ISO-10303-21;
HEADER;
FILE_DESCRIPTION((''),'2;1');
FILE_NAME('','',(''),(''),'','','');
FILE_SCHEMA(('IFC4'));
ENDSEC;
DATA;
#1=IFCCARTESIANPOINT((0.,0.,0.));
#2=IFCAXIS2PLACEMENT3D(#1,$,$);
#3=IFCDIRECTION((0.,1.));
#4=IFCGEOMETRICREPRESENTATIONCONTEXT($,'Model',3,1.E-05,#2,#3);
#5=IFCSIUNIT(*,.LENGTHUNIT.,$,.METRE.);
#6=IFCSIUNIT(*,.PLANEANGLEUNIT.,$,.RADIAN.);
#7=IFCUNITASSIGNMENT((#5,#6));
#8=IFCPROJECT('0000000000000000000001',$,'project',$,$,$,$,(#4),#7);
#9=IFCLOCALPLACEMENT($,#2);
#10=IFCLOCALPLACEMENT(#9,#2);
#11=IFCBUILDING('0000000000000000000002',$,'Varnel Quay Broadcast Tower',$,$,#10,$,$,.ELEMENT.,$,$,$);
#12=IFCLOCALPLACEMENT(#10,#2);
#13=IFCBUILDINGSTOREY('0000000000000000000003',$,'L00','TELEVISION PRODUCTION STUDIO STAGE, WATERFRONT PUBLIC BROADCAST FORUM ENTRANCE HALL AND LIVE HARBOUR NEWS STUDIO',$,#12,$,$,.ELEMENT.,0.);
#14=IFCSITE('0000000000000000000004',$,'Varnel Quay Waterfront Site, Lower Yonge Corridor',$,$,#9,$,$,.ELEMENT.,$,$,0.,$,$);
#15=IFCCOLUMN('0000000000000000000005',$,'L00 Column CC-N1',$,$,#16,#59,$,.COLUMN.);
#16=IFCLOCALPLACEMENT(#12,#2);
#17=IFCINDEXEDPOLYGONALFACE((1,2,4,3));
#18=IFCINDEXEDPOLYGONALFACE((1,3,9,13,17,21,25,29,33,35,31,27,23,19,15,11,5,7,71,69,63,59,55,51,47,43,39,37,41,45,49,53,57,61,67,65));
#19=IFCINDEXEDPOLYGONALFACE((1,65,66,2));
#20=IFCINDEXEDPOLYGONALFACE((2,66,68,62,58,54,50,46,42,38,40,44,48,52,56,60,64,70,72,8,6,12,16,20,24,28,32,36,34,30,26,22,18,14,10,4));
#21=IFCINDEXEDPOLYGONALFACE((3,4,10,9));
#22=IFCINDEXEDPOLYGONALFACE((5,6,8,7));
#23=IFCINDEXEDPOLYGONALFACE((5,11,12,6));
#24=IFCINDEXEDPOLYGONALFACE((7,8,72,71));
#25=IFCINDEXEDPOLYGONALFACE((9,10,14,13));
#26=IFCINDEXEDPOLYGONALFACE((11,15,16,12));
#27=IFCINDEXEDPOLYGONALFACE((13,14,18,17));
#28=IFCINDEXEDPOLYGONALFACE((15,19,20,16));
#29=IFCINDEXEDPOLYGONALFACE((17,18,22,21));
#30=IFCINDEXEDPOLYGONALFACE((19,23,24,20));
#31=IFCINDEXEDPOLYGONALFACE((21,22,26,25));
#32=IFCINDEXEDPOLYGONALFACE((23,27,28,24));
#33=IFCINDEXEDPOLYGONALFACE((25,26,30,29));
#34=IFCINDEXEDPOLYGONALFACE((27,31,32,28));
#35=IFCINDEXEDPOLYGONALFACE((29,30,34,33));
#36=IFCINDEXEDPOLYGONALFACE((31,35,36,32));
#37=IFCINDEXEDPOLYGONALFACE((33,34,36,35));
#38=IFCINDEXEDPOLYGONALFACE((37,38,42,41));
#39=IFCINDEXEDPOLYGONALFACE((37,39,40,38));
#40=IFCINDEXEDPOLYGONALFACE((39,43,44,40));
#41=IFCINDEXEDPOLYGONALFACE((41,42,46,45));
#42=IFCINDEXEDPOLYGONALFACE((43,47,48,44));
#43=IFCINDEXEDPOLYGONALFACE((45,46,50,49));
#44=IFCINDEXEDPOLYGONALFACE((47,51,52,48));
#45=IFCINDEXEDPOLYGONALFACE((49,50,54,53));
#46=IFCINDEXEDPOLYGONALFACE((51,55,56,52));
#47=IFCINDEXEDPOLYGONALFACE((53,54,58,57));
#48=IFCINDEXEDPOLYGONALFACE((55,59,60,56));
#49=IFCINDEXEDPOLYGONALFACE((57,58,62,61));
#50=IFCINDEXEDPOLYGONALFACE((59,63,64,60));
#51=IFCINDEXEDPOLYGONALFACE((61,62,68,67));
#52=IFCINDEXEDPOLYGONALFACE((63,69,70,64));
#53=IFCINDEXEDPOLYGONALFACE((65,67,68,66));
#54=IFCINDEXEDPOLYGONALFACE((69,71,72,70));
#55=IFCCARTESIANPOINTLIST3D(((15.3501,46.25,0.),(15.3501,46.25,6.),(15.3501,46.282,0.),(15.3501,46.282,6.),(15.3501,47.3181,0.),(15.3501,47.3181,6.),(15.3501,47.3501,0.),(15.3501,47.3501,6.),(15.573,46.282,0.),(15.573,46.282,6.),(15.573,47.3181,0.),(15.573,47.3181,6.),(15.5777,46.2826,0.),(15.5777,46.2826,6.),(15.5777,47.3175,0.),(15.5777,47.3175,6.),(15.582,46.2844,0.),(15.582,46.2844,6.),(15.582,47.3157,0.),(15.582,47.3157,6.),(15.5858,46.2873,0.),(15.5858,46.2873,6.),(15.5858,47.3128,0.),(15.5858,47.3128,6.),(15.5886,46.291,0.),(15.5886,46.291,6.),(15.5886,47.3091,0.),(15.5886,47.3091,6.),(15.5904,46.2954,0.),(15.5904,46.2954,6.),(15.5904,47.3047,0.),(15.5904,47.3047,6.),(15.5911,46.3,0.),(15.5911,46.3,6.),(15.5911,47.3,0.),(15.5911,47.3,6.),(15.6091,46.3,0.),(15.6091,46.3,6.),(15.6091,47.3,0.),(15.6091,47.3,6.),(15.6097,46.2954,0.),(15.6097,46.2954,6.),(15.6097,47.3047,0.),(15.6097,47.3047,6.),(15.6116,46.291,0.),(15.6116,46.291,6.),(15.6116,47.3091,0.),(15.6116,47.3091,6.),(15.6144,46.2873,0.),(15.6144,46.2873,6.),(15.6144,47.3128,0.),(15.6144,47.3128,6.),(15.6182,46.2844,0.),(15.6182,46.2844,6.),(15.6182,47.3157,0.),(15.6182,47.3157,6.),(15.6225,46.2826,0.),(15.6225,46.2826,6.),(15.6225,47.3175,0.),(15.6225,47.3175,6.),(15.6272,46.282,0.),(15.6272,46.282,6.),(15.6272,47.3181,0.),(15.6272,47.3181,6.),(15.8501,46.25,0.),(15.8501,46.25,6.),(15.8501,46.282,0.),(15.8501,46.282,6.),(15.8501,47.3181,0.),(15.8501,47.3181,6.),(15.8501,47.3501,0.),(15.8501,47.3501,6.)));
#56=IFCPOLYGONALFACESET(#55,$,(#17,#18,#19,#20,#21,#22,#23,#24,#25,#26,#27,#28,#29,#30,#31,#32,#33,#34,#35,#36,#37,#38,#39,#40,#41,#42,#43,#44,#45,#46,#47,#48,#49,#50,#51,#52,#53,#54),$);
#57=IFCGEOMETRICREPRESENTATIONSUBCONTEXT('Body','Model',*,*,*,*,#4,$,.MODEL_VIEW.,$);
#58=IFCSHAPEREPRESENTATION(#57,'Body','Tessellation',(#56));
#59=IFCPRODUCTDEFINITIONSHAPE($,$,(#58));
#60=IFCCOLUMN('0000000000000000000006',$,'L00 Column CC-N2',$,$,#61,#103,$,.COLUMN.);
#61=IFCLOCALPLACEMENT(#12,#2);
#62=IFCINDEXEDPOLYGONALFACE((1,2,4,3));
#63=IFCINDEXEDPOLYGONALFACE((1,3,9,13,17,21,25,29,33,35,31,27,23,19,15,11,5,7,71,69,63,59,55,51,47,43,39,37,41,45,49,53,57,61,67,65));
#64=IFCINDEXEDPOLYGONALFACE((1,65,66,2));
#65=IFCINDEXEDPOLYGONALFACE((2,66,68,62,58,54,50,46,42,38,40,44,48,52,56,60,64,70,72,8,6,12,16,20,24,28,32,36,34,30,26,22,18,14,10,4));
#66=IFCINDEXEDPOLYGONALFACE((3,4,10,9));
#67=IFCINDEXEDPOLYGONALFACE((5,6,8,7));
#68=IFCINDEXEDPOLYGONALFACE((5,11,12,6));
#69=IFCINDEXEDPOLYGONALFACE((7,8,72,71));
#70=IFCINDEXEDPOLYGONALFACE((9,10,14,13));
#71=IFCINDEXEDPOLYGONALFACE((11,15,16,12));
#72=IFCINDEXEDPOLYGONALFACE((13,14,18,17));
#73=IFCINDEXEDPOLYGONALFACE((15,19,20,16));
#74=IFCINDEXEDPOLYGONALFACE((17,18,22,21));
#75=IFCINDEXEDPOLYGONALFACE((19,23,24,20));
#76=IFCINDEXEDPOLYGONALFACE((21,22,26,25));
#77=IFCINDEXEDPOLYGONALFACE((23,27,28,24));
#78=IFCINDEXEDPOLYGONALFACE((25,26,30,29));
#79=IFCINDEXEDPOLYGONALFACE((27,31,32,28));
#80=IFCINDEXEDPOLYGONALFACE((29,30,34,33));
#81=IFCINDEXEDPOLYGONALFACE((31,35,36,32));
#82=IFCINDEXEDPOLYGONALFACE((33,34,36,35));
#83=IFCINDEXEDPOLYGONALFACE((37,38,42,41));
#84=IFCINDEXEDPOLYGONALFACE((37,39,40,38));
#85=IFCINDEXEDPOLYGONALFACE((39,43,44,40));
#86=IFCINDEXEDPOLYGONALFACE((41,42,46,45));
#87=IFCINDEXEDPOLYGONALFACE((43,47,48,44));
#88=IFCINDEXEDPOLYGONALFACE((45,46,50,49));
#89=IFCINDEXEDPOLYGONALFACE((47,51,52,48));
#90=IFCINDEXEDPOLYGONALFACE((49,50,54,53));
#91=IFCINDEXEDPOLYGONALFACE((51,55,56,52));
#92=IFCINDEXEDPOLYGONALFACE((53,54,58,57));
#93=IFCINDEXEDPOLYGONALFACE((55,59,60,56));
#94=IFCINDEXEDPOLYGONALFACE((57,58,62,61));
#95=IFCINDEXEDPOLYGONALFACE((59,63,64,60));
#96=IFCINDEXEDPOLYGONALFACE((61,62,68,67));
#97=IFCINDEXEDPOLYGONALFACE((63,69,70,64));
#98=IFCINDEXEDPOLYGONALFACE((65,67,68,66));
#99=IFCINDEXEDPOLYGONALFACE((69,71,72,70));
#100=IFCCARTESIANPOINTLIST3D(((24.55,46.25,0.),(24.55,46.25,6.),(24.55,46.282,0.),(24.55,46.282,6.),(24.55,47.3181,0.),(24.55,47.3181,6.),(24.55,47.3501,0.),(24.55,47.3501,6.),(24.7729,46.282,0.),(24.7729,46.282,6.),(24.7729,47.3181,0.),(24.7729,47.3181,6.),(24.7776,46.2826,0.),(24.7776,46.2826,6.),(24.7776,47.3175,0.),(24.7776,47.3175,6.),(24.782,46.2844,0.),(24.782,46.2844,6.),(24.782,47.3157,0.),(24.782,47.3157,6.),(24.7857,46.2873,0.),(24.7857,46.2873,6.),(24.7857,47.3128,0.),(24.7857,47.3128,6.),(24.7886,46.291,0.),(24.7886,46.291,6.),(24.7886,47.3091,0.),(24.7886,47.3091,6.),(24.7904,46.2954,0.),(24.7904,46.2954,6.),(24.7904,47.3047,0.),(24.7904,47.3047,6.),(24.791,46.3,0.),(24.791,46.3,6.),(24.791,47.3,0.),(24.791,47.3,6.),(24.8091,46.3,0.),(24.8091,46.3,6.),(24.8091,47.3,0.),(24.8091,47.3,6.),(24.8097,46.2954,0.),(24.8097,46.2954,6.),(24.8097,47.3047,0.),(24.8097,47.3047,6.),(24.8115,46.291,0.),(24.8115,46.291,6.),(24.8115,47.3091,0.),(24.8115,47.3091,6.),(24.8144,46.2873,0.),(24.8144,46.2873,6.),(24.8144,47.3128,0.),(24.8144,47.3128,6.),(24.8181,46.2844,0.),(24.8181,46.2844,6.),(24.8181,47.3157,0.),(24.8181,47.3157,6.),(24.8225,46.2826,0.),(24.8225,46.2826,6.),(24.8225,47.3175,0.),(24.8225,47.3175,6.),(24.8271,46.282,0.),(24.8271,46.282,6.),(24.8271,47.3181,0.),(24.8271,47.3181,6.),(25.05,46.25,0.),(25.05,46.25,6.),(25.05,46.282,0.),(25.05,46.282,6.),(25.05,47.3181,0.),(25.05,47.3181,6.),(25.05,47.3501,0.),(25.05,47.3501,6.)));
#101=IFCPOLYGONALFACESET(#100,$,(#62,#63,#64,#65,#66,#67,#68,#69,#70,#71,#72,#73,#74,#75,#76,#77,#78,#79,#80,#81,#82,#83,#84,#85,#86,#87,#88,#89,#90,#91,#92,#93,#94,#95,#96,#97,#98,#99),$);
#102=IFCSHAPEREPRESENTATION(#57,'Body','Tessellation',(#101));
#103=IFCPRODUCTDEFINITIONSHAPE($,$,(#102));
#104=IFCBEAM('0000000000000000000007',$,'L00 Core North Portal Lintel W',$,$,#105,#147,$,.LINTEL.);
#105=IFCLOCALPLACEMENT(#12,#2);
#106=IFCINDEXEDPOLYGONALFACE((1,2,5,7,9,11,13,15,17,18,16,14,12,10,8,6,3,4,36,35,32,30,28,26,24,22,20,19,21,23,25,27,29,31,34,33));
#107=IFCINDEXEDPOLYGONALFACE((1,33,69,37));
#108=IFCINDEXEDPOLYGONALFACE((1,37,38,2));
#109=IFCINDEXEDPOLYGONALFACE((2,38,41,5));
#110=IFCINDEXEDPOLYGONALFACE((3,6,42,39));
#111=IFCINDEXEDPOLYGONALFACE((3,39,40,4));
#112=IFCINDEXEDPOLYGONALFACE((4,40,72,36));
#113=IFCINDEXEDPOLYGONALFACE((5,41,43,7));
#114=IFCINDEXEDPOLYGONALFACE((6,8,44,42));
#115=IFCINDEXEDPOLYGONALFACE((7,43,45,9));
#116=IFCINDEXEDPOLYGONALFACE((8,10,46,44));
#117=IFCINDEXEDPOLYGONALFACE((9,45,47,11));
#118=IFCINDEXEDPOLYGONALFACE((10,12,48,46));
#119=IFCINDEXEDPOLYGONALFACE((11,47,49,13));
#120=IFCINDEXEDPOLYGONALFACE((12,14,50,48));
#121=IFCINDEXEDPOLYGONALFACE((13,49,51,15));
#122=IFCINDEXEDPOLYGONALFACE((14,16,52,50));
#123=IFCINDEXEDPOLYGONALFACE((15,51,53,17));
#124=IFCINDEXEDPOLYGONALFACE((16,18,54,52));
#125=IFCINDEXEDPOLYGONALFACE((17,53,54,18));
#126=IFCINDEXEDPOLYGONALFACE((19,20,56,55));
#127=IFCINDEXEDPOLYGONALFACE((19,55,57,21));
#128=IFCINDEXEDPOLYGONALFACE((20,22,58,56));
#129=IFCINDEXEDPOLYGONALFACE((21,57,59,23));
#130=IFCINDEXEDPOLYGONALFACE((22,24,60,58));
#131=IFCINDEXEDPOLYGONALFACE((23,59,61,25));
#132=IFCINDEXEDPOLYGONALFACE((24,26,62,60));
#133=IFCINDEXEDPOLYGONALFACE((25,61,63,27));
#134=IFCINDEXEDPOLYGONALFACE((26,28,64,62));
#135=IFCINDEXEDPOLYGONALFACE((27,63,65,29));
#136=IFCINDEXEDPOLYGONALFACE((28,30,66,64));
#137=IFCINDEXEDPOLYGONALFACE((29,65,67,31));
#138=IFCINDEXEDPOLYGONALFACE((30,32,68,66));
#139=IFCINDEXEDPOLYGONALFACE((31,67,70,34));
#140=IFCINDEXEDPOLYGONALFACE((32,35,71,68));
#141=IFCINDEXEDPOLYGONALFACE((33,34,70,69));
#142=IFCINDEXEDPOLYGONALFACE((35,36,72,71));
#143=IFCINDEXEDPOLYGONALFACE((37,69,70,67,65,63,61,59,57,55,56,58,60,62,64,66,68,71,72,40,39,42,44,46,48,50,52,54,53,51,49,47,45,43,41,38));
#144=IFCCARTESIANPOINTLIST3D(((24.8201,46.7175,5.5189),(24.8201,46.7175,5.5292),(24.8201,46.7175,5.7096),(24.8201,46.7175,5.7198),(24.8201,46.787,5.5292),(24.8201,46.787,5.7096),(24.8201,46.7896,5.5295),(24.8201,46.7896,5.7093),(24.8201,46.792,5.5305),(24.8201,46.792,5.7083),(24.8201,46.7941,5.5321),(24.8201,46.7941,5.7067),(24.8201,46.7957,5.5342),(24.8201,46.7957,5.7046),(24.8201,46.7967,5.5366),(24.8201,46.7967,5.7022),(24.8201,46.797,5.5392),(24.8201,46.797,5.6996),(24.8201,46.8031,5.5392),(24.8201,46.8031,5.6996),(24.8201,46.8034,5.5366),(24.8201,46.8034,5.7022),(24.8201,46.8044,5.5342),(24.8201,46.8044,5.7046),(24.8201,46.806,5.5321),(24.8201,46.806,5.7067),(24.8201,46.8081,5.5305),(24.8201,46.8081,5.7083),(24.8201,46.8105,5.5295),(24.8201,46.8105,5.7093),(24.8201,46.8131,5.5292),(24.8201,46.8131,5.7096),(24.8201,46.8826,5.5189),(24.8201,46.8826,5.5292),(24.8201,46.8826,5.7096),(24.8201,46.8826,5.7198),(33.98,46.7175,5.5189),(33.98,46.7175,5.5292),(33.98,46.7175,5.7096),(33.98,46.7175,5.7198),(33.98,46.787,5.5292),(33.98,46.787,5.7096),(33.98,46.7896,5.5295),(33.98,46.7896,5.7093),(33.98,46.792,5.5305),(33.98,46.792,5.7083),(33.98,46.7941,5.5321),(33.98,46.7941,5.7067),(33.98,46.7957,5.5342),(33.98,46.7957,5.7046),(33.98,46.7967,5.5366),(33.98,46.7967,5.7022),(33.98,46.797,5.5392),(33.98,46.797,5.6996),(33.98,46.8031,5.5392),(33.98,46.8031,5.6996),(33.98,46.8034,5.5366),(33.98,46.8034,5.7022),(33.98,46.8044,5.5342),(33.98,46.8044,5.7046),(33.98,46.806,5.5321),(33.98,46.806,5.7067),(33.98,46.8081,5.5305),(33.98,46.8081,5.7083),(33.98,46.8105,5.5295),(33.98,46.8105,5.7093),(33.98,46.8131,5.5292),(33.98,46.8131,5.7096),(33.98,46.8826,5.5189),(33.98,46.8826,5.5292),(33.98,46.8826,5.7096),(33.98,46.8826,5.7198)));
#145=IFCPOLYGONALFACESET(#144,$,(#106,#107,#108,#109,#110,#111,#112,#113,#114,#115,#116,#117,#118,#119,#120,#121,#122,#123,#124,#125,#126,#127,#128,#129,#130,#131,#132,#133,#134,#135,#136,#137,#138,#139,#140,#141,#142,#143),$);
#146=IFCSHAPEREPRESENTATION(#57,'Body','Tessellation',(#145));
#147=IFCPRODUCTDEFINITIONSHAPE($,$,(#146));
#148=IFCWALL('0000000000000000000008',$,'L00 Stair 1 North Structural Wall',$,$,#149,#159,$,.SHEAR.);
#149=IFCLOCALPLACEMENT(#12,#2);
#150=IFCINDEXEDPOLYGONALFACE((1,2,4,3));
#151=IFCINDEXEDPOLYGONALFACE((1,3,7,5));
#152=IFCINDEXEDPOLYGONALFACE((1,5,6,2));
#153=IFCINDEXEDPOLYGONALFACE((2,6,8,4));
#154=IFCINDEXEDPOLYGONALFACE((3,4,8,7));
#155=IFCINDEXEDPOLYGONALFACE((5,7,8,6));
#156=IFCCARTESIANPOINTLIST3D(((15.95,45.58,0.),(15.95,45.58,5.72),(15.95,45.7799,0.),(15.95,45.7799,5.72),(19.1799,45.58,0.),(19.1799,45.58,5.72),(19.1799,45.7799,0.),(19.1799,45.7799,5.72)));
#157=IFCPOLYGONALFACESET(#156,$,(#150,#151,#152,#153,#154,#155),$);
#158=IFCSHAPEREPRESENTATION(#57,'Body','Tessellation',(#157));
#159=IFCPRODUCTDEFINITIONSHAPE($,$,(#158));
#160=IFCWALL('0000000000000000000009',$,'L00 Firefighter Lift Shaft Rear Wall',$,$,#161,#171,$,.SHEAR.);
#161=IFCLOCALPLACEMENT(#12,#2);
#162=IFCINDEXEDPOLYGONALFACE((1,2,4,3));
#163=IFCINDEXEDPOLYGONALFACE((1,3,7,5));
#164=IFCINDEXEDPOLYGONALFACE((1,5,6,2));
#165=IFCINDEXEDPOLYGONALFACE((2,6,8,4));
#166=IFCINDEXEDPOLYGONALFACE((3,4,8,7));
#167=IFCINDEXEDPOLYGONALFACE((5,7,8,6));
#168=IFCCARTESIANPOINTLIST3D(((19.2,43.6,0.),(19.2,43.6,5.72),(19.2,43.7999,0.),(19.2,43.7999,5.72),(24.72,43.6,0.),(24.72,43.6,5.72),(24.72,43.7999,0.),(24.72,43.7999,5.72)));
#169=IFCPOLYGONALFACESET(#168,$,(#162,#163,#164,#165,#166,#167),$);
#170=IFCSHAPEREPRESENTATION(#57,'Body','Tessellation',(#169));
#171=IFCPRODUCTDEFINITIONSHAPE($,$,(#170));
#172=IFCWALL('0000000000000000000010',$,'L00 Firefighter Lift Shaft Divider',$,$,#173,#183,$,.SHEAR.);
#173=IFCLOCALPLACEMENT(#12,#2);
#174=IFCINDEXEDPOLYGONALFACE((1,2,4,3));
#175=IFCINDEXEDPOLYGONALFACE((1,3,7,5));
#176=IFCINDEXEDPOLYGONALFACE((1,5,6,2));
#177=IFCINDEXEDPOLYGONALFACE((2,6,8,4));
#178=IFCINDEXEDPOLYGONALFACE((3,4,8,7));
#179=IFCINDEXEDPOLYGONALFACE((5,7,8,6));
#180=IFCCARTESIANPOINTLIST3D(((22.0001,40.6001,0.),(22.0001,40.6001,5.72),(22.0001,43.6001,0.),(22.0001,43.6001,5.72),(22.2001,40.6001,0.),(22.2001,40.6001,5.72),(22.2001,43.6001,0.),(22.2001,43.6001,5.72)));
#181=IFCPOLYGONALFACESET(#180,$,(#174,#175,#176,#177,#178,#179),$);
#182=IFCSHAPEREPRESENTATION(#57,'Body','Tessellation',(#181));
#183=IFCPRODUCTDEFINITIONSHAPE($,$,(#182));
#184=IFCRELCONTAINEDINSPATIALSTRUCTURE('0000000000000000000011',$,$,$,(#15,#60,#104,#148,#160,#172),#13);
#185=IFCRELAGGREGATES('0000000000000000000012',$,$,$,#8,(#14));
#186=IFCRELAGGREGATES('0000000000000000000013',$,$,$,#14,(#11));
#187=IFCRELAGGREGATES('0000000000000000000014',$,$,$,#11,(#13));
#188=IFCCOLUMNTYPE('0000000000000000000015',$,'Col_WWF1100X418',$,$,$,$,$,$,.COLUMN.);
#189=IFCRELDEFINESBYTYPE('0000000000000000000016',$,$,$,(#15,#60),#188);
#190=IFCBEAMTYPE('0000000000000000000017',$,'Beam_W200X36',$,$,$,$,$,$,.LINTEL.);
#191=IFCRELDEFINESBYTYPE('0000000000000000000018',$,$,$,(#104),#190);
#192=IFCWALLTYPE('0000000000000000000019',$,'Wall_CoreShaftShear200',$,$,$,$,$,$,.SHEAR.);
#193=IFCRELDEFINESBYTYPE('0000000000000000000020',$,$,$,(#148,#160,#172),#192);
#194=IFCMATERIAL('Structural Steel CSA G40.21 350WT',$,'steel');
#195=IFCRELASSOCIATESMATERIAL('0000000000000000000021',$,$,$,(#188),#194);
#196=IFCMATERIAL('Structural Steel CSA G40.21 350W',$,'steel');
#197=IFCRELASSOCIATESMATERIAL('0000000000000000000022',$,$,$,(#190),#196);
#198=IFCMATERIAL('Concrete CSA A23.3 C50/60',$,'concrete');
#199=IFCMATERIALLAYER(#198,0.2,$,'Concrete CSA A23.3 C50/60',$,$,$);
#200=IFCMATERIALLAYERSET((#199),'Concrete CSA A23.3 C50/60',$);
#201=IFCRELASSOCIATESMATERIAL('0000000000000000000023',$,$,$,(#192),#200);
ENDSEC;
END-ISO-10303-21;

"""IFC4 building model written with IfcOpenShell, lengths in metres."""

from ifc_helpers import new_model, si_unit, direction, frame, frame_2d, origin, origin_2d, place, context, subcontext, project, spatial, rectangle, i_section, extrude, source, transform, mapped, material, layer, layer_set, material_profile, profile_set, type_object, type_shapes, element, save


model = new_model("IFC4")

# Units and contexts
model_context = context("Model", 3, precision=1e-05, world=origin(), true_north=direction((0.0, 1.0)))
body_context = subcontext(model_context, "Body", "Model", "MODEL_VIEW")
ifc_project = project(units=[si_unit("LENGTHUNIT", "METRE"), si_unit("PLANEANGLEUNIT", "RADIAN")], contexts=[model_context])

# Site, building, storey
site_placement = place(None, origin())
site = spatial("IfcSite", under=ifc_project, at=site_placement, Name="Varnel Quay Waterfront Site, Lower Yonge Corridor", CompositionType="ELEMENT", RefElevation=0.0)
building_placement = place(site_placement, origin())
building = spatial("IfcBuilding", under=site, at=building_placement, Name="Varnel Quay Broadcast Tower", CompositionType="ELEMENT")
storey_placement = place(building_placement, origin())
storey = spatial("IfcBuildingStorey", under=building, at=storey_placement, Name="L00", Description="TELEVISION PRODUCTION STUDIO STAGE, WATERFRONT PUBLIC BROADCAST FORUM ENTRANCE HALL AND LIVE HARBOUR NEWS STUDIO", CompositionType="ELEMENT", Elevation=0.0)

# Columns
ifc_material_1 = material(Name="Structural Steel CSA G40.21 350WT", Category="steel")
ifc_material_profile_1 = material_profile(ifc_material_1, i_section(OverallWidth=0.5, OverallDepth=1.1001, WebThickness=0.0181, FlangeThickness=0.032, FilletRadius=0.0181, at=origin_2d()), Name="WWF1100X418")
ifc_profile_set_1 = profile_set([ifc_material_profile_1], Name="Structural Steel CSA G40.21 350WT")
column_type = type_object("IfcColumnType", Name="Col_WWF1100X418", PredefinedType="COLUMN", material=ifc_profile_set_1)
shared_shape_1 = source(origin(), body_context, "Body", "SweptSolid", [
    extrude(i_section(OverallWidth=0.5, OverallDepth=1.1001, WebThickness=0.0181, FlangeThickness=0.032, FilletRadius=0.0181, at=origin_2d()), origin(), (0.0, 0.0, 1.0), 6.0),
])
type_shapes(column_type, [shared_shape_1])
for number, where, z_axis, x_axis, name in (
    (1, (15.6001, 46.8, 0.0), (0.0, 0.0, 1.0), (1.0, 0.0, 0.0), "L00 Column CC-N1"),
    (2, (24.8, 46.8, 0.0), (0.0, 0.0, 1.0), (1.0, 0.0, 0.0), "L00 Column CC-N2"),
):
    element("IfcColumn", number, at=place(storey_placement, frame(where, z_axis=z_axis, x_axis=x_axis)), inside=storey, type_object=column_type, Name=name, PredefinedType="COLUMN", context=body_context, shape_type="MappedRepresentation", body=[
        mapped(shared_shape_1, transform((0.0, 0.0, 0.0), x_axis=(1.0, 0.0, 0.0), y_axis=(0.0, 1.0, 0.0), z_axis=(0.0, 0.0, 1.0), scale=1.0)),
    ])

# Beam
ifc_material_2 = material(Name="Structural Steel CSA G40.21 350W", Category="steel")
ifc_material_profile_2 = material_profile(ifc_material_2, i_section(OverallWidth=0.165, OverallDepth=0.2009, WebThickness=0.0061, FlangeThickness=0.0103, FilletRadius=0.01, at=origin_2d()), Name="W200X36")
ifc_profile_set_2 = profile_set([ifc_material_profile_2], Name="Structural Steel CSA G40.21 350W")
beam_type = type_object("IfcBeamType", Name="Beam_W200X36", PredefinedType="LINTEL", material=ifc_profile_set_2)
shared_shape_2 = source(origin(), body_context, "Body", "SweptSolid", [
    extrude(i_section(OverallWidth=0.165, OverallDepth=0.2009, WebThickness=0.0061, FlangeThickness=0.0103, FilletRadius=0.01, at=origin_2d()), origin(), (0.0, 0.0, 1.0), 9.1599),
])
type_shapes(beam_type, [shared_shape_2])
beam_placement = place(storey_placement, frame((24.8201, 46.8, 5.6194), z_axis=(1.0, 0.0, 0.0), x_axis=(0.0, 1.0, 0.0)))
element("IfcBeam", 3, at=beam_placement, inside=storey, type_object=beam_type, Name="L00 Core North Portal Lintel W", PredefinedType="LINTEL", context=body_context, shape_type="MappedRepresentation", body=[
    mapped(shared_shape_2, transform((0.0, 0.0, 0.0), x_axis=(1.0, 0.0, 0.0), y_axis=(0.0, 1.0, 0.0), z_axis=(0.0, 0.0, 1.0), scale=1.0)),
])

# Walls
ifc_material_3 = material(Name="Concrete CSA A23.3 C50/60", Category="concrete")
ifc_layer_1 = layer(ifc_material_3, 0.2, Name="Concrete CSA A23.3 C50/60")
ifc_layer_set_1 = layer_set([ifc_layer_1], Name="Concrete CSA A23.3 C50/60")
wall_type_1 = type_object("IfcWallType", Name="Wall_CoreShaftShear200", PredefinedType="SHEAR", material=ifc_layer_set_1)
wall_1_placement = place(storey_placement, frame((15.95, 45.6799, 0.0), z_axis=(0.0, 0.0, 1.0), x_axis=(1.0, 0.0, 0.0)))
element("IfcWall", 4, at=wall_1_placement, inside=storey, type_object=wall_type_1, Name="L00 Stair 1 North Structural Wall", PredefinedType="SHEAR", context=body_context, shape_type="SweptSolid", body=[
    extrude(rectangle(XDim=3.23, YDim=0.2, at=frame_2d((1.615, 0.0))), origin(), (0.0, 0.0, 1.0), 5.72),
])
wall_2_placement = place(storey_placement, frame((19.2, 43.7, 0.0), z_axis=(0.0, 0.0, 1.0), x_axis=(1.0, 0.0, 0.0)))
element("IfcWall", 5, at=wall_2_placement, inside=storey, type_object=wall_type_1, Name="L00 Firefighter Lift Shaft Rear Wall", PredefinedType="SHEAR", context=body_context, shape_type="SweptSolid", body=[
    extrude(rectangle(XDim=5.52, YDim=0.2, at=frame_2d((2.76, 0.0))), origin(), (0.0, 0.0, 1.0), 5.72),
])
wall_3_placement = place(storey_placement, frame((22.1001, 40.6001, 0.0), z_axis=(0.0, 0.0, 1.0), x_axis=(0.0, 1.0, 0.0)))
element("IfcWall", 6, at=wall_3_placement, inside=storey, type_object=wall_type_1, Name="L00 Firefighter Lift Shaft Divider", PredefinedType="SHEAR", context=body_context, shape_type="SweptSolid", body=[
    extrude(rectangle(XDim=3.0, YDim=0.2, at=frame_2d((1.5, 0.0))), origin(), (0.0, 0.0, 1.0), 5.72),
])

save(model, "model.ifc")
